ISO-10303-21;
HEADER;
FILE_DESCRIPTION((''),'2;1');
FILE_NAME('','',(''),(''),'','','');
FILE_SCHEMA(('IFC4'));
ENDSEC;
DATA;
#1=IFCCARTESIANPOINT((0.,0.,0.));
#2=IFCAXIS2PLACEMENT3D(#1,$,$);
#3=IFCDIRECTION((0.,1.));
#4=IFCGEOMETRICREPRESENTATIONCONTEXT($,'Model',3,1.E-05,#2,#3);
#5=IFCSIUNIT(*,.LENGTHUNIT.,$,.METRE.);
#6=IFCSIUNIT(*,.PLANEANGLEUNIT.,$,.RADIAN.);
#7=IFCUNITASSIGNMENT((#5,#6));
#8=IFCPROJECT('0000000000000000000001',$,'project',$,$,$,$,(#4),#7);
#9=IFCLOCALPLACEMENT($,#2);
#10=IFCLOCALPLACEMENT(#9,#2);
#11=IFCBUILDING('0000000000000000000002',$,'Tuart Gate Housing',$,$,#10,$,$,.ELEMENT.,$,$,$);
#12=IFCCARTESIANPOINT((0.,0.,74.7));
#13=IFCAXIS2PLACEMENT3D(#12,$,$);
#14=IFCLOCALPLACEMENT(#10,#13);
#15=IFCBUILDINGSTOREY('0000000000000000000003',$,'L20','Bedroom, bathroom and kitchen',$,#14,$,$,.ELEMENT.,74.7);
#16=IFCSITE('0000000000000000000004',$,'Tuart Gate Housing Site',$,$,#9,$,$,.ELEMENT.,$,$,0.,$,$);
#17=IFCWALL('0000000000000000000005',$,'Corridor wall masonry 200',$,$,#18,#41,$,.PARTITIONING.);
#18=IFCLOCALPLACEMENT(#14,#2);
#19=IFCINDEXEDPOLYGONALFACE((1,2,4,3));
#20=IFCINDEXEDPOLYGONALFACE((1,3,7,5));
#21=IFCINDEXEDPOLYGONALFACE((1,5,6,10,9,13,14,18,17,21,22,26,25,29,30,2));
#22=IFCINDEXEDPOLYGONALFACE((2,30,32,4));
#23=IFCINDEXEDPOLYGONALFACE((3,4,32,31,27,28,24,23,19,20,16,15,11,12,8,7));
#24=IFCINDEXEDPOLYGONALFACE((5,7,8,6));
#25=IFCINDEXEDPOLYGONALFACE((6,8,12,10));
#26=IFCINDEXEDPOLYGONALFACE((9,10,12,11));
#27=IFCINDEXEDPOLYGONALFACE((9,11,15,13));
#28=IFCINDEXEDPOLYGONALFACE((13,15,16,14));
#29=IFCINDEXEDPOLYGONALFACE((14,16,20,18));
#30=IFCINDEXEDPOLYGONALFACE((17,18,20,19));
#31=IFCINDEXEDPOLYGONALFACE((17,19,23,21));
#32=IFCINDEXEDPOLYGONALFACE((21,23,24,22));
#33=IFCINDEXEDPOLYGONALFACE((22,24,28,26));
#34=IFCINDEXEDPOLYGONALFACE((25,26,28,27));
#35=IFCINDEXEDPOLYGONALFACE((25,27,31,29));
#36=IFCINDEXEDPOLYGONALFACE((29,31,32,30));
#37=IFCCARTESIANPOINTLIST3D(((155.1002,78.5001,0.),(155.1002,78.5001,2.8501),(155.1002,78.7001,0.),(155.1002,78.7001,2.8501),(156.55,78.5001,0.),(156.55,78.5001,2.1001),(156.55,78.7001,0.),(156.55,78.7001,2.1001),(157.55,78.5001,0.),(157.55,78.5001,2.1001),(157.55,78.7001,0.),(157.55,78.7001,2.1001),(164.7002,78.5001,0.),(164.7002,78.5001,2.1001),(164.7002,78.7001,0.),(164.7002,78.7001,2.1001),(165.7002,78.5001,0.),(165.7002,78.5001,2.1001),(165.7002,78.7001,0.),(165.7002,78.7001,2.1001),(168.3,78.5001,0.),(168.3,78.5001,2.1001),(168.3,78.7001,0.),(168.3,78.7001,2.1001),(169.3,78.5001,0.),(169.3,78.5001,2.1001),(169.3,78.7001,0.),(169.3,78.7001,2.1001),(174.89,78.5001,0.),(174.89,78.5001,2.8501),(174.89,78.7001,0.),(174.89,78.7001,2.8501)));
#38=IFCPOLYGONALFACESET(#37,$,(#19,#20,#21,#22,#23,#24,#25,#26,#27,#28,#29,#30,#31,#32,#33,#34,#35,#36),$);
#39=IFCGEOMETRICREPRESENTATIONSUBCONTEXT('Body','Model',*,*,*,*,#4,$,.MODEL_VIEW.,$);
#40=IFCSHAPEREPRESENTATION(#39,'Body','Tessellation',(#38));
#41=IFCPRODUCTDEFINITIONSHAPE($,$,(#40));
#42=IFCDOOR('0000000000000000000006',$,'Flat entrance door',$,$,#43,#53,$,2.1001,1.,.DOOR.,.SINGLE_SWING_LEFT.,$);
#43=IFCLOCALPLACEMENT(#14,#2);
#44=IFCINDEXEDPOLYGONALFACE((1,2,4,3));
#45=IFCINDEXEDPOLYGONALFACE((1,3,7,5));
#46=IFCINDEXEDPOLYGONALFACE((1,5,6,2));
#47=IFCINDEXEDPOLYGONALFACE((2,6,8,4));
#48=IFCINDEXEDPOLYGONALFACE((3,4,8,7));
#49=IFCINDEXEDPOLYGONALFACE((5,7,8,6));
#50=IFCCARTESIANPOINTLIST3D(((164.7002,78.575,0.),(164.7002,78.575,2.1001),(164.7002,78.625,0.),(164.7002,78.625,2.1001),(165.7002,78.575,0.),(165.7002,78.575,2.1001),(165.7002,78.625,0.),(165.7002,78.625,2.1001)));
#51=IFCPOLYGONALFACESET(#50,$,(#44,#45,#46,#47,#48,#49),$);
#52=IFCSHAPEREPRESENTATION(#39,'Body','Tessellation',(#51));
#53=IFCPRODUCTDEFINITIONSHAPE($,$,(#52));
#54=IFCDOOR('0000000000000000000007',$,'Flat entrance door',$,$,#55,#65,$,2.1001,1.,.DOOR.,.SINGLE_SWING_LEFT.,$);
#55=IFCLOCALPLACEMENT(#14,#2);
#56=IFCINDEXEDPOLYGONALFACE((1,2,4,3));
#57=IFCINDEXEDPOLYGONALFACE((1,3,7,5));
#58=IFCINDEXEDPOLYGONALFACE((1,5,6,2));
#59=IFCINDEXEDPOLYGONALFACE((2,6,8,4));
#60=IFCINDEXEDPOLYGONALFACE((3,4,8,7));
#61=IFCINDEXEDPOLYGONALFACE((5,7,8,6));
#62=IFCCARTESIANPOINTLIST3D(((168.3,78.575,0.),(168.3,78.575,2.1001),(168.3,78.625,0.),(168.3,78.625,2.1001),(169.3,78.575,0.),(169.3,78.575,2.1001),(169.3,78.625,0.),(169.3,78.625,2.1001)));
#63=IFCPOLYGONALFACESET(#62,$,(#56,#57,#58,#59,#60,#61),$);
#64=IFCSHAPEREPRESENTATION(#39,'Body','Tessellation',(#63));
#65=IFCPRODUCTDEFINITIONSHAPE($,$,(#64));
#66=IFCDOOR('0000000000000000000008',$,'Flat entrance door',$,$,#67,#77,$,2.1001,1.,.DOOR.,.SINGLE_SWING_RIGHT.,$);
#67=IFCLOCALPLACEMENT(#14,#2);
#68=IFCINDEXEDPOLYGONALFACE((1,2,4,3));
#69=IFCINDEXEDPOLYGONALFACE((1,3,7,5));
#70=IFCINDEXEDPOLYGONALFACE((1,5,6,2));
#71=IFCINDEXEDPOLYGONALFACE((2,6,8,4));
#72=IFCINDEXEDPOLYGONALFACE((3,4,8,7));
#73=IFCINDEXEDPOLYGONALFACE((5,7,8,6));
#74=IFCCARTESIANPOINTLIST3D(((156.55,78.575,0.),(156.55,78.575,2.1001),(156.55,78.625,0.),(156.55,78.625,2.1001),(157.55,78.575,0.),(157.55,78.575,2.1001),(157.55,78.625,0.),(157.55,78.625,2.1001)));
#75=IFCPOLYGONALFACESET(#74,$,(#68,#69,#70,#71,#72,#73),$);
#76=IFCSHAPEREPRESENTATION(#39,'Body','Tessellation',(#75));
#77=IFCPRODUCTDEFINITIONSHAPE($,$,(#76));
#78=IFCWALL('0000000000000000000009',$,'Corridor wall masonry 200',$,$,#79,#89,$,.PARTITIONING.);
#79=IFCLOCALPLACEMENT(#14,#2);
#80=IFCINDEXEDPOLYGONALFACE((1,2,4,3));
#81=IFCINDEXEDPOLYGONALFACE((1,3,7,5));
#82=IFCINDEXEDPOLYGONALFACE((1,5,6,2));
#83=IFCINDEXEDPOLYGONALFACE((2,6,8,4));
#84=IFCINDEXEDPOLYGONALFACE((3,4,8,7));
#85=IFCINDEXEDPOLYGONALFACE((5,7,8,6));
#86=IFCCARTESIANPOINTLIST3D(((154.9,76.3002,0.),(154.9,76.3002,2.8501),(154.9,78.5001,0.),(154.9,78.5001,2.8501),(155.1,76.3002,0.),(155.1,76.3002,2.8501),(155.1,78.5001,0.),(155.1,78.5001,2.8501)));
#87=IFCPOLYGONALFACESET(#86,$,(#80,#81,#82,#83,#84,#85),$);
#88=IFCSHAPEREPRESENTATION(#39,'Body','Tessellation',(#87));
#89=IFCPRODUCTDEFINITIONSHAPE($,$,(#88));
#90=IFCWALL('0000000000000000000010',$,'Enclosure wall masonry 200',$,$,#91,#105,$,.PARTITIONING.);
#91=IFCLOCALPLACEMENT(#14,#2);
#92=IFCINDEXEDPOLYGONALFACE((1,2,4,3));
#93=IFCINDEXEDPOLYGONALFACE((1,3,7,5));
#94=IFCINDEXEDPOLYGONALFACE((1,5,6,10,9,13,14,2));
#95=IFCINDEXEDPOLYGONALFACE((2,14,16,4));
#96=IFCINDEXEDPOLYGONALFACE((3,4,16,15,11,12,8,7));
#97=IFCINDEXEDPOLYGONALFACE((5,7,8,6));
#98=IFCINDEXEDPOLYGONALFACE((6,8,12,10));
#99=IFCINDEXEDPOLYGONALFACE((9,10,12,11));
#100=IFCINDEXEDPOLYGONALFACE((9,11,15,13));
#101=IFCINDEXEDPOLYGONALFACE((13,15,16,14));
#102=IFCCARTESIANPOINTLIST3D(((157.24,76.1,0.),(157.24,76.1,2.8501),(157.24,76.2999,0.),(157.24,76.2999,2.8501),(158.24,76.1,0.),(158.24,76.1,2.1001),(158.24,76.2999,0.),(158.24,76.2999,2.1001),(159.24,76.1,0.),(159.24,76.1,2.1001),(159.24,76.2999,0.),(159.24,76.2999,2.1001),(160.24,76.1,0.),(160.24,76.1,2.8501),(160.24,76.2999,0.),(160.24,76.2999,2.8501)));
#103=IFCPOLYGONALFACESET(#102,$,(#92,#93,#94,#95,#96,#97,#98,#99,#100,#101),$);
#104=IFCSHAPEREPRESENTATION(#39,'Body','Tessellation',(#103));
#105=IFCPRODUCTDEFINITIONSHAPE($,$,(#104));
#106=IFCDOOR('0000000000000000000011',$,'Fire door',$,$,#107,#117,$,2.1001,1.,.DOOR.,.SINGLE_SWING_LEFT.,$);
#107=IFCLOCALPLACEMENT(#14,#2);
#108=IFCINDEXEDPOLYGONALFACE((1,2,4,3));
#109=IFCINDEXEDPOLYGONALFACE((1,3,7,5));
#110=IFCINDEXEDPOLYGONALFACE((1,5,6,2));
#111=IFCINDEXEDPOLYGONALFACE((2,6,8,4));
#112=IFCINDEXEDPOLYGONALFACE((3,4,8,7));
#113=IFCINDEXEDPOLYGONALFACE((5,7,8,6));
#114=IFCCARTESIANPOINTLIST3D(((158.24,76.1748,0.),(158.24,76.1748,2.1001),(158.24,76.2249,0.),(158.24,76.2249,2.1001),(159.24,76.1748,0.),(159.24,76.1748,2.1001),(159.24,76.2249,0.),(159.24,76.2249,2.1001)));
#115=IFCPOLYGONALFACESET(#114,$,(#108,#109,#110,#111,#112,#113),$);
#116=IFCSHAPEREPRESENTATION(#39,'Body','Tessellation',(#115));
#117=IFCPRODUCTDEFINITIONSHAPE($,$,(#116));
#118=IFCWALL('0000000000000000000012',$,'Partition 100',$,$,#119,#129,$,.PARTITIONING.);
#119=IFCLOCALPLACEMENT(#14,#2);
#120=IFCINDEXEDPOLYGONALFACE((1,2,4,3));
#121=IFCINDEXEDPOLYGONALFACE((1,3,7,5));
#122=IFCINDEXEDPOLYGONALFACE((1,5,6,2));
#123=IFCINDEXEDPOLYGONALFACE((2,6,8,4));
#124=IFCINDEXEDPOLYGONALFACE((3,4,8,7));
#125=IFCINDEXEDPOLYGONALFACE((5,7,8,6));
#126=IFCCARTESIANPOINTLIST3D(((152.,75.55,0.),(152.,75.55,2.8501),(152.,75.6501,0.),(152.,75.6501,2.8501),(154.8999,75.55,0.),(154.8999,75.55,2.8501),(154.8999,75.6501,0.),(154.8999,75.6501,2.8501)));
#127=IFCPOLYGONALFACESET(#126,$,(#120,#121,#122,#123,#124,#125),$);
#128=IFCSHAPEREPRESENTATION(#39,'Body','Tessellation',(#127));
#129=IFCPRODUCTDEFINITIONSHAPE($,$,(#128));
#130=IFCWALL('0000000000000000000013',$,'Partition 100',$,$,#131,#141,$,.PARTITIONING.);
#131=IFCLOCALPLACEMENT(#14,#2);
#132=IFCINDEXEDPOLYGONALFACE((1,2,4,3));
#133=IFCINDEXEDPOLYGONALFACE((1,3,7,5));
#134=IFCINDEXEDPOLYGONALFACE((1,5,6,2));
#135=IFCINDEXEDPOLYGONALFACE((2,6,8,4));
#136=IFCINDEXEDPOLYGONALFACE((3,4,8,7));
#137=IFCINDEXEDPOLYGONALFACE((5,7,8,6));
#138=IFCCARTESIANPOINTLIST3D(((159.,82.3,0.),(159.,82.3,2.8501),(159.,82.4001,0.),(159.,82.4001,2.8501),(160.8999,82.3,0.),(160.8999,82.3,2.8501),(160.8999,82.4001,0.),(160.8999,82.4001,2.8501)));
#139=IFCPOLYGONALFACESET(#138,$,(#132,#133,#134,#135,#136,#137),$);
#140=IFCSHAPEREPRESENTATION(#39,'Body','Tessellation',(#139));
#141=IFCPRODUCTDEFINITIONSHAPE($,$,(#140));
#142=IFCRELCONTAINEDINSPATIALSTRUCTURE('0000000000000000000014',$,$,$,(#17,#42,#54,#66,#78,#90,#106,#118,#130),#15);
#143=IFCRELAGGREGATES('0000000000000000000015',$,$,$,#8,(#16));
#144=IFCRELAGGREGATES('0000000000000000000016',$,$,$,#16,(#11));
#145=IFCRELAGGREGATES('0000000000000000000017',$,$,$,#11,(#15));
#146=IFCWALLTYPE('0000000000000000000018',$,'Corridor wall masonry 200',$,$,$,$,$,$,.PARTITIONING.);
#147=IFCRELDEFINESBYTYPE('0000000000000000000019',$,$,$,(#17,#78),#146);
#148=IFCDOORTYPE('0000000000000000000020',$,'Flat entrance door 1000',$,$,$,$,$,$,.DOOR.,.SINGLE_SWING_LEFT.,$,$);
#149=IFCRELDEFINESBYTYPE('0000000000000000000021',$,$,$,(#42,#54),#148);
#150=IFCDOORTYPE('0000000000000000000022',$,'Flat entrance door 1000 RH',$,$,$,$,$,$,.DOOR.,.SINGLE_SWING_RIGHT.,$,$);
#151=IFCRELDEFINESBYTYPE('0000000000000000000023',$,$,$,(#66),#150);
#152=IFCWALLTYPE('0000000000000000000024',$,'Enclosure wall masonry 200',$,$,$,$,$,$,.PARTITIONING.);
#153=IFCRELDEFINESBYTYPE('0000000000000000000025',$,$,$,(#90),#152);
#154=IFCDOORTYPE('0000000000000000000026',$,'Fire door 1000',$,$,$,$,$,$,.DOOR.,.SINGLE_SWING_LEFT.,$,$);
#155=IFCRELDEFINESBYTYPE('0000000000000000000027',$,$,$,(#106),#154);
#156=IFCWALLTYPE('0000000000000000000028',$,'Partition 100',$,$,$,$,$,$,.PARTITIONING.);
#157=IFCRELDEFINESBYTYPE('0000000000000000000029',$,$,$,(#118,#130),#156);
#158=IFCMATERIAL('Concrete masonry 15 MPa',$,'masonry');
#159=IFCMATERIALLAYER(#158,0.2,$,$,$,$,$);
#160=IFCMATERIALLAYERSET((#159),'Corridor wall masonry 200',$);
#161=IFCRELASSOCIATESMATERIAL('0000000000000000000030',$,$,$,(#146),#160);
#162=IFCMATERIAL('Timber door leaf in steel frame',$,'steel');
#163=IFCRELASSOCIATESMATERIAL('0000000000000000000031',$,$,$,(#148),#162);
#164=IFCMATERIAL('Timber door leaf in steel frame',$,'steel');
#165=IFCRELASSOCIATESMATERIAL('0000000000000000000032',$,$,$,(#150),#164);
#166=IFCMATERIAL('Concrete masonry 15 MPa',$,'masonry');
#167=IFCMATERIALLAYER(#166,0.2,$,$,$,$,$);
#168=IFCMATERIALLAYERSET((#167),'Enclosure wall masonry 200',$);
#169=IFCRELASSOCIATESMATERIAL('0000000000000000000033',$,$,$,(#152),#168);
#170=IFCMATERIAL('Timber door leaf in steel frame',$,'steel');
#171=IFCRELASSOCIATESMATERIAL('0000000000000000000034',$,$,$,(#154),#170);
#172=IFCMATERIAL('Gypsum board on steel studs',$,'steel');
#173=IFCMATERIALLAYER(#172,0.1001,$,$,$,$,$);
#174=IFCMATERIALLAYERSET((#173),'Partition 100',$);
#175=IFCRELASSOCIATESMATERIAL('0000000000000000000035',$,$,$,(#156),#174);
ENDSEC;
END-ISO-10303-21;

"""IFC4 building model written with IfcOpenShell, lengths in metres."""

from ifc_helpers import new_model, si_unit, direction, frame, frame_2d, origin, place, context, subcontext, project, spatial, rectangle, extrude, material, layer, layer_set, type_object, element, fill, save


model = new_model("IFC4")

# Units and contexts
model_context = context("Model", 3, precision=1e-05, world=origin(), true_north=direction((0.0, 1.0)))
body_context = subcontext(model_context, "Body", "Model", "MODEL_VIEW")
ifc_project = project(units=[si_unit("LENGTHUNIT", "METRE"), si_unit("PLANEANGLEUNIT", "RADIAN")], contexts=[model_context])

# Site, building, storey
site_placement = place(None, origin())
site = spatial("IfcSite", under=ifc_project, at=site_placement, Name="Tuart Gate Housing Site", CompositionType="ELEMENT", RefElevation=0.0)
building_placement = place(site_placement, origin())
building = spatial("IfcBuilding", under=site, at=building_placement, Name="Tuart Gate Housing", CompositionType="ELEMENT")
storey_placement = place(building_placement, frame((0.0, 0.0, 74.7)))
storey = spatial("IfcBuildingStorey", under=building, at=storey_placement, Name="L20", Description="Bedroom, bathroom and kitchen", CompositionType="ELEMENT", Elevation=74.7)

# Shared definitions
ifc_material_1 = material(Name="Concrete masonry 15 MPa", Category="masonry")
ifc_layer_1 = layer(ifc_material_1, 0.2)
ifc_layer_set_1 = layer_set([ifc_layer_1], Name="Corridor wall masonry 200")
wall_type_1 = type_object("IfcWallType", Name="Corridor wall masonry 200", PredefinedType="PARTITIONING", material=ifc_layer_set_1)

# Wall, openings, doors
wall_1_placement = place(storey_placement, frame((155.1001, 78.6001, 0.0), z_axis=(0.0, 0.0, 1.0), x_axis=(1.0, 0.0, 0.0)))
wall_1 = element("IfcWall", 1, at=wall_1_placement, inside=storey, type_object=wall_type_1, Name="Corridor wall masonry 200", PredefinedType="PARTITIONING", context=body_context, shape_type="SweptSolid", body=[
    extrude(rectangle(XDim=19.7898, YDim=0.2, at=frame_2d((9.895, 0.0))), origin(), (0.0, 0.0, 1.0), 2.8501),
])
opening_1_placement = place(wall_1_placement, frame((1.45, 0.0, 0.0)))
opening_1 = element("IfcOpeningElement", 2, at=opening_1_placement, cuts=wall_1, PredefinedType="OPENING", context=body_context, shape_type="SweptSolid", body=[
    extrude(rectangle(XDim=1.0, YDim=2.1001, at=frame_2d((0.5, 1.05))), frame((0.0, 0.1099, 0.0), z_axis=(0.0, -1.0, 0.0), x_axis=(1.0, 0.0, 0.0)), (0.0, 0.0, 1.0), 0.22),
])
opening_2_placement = place(wall_1_placement, frame((9.6001, 0.0, 0.0)))
opening_2 = element("IfcOpeningElement", 3, at=opening_2_placement, cuts=wall_1, PredefinedType="OPENING", context=body_context, shape_type="SweptSolid", body=[
    extrude(rectangle(XDim=1.0, YDim=2.1001, at=frame_2d((0.5, 1.05))), frame((0.0, 0.1099, 0.0), z_axis=(0.0, -1.0, 0.0), x_axis=(1.0, 0.0, 0.0)), (0.0, 0.0, 1.0), 0.22),
])
opening_3_placement = place(wall_1_placement, frame((13.2, 0.0, 0.0)))
opening_3 = element("IfcOpeningElement", 4, at=opening_3_placement, cuts=wall_1, PredefinedType="OPENING", context=body_context, shape_type="SweptSolid", body=[
    extrude(rectangle(XDim=1.0, YDim=2.1001, at=frame_2d((0.5, 1.05))), frame((0.0, 0.1099, 0.0), z_axis=(0.0, -1.0, 0.0), x_axis=(1.0, 0.0, 0.0)), (0.0, 0.0, 1.0), 0.22),
])
ifc_material_2 = material(Name="Timber door leaf in steel frame", Category="steel")
door_type_1 = type_object("IfcDoorType", Name="Flat entrance door 1000", OperationType="SINGLE_SWING_LEFT", PredefinedType="DOOR", material=ifc_material_2)
door_1_placement = place(opening_2_placement, origin())
door_1 = element("IfcDoor", 5, at=door_1_placement, inside=storey, type_object=door_type_1, Name="Flat entrance door", OperationType="SINGLE_SWING_LEFT", OverallHeight=2.1001, OverallWidth=1.0, PredefinedType="DOOR", context=body_context, shape_type="SweptSolid", body=[
    extrude(rectangle(XDim=1.0, YDim=2.1001, at=frame_2d((0.5, 1.05))), frame((0.0, 0.0249, 0.0), z_axis=(0.0, -1.0, 0.0), x_axis=(1.0, 0.0, 0.0)), (0.0, 0.0, 1.0), 0.05),
])
fill(opening_2, door_1)
door_2_placement = place(opening_3_placement, origin())
door_2 = element("IfcDoor", 6, at=door_2_placement, inside=storey, type_object=door_type_1, Name="Flat entrance door", OperationType="SINGLE_SWING_LEFT", OverallHeight=2.1001, OverallWidth=1.0, PredefinedType="DOOR", context=body_context, shape_type="SweptSolid", body=[
    extrude(rectangle(XDim=1.0, YDim=2.1001, at=frame_2d((0.5, 1.05))), frame((0.0, 0.0249, 0.0), z_axis=(0.0, -1.0, 0.0), x_axis=(1.0, 0.0, 0.0)), (0.0, 0.0, 1.0), 0.05),
])
fill(opening_3, door_2)
ifc_material_3 = material(Name="Timber door leaf in steel frame", Category="steel")
door_type_2 = type_object("IfcDoorType", Name="Flat entrance door 1000 RH", OperationType="SINGLE_SWING_RIGHT", PredefinedType="DOOR", material=ifc_material_3)
door_3_placement = place(opening_1_placement, origin())
door_3 = element("IfcDoor", 7, at=door_3_placement, inside=storey, type_object=door_type_2, Name="Flat entrance door", OperationType="SINGLE_SWING_RIGHT", OverallHeight=2.1001, OverallWidth=1.0, PredefinedType="DOOR", context=body_context, shape_type="SweptSolid", body=[
    extrude(rectangle(XDim=1.0, YDim=2.1001, at=frame_2d((0.5, 1.05))), frame((0.0, 0.0249, 0.0), z_axis=(0.0, -1.0, 0.0), x_axis=(1.0, 0.0, 0.0)), (0.0, 0.0, 1.0), 0.05),
])
fill(opening_1, door_3)

# Wall
wall_2_placement = place(storey_placement, frame((155.0, 76.3, 0.0), z_axis=(0.0, 0.0, 1.0), x_axis=(0.0, 1.0, 0.0)))
element("IfcWall", 8, at=wall_2_placement, inside=storey, type_object=wall_type_1, Name="Corridor wall masonry 200", PredefinedType="PARTITIONING", context=body_context, shape_type="SweptSolid", body=[
    extrude(rectangle(XDim=2.2, YDim=0.2, at=frame_2d((1.1001, 0.0))), origin(), (0.0, 0.0, 1.0), 2.8501),
])

# Wall, opening, door
ifc_material_4 = material(Name="Concrete masonry 15 MPa", Category="masonry")
ifc_layer_2 = layer(ifc_material_4, 0.2)
ifc_layer_set_2 = layer_set([ifc_layer_2], Name="Enclosure wall masonry 200")
wall_type_2 = type_object("IfcWallType", Name="Enclosure wall masonry 200", PredefinedType="PARTITIONING", material=ifc_layer_set_2)
wall_3_placement = place(storey_placement, frame((157.24, 76.2, 0.0), z_axis=(0.0, 0.0, 1.0), x_axis=(1.0, 0.0, 0.0)))
wall_3 = element("IfcWall", 9, at=wall_3_placement, inside=storey, type_object=wall_type_2, Name="Enclosure wall masonry 200", PredefinedType="PARTITIONING", context=body_context, shape_type="SweptSolid", body=[
    extrude(rectangle(XDim=3.0, YDim=0.2, at=frame_2d((1.5, 0.0))), origin(), (0.0, 0.0, 1.0), 2.8501),
])
opening_4_placement = place(wall_3_placement, frame((1.0, 0.0, 0.0)))
opening_4 = element("IfcOpeningElement", 10, at=opening_4_placement, cuts=wall_3, PredefinedType="OPENING", context=body_context, shape_type="SweptSolid", body=[
    extrude(rectangle(XDim=1.0, YDim=2.1001, at=frame_2d((0.5, 1.05))), frame((0.0, 0.1099, 0.0), z_axis=(0.0, -1.0, 0.0), x_axis=(1.0, 0.0, 0.0)), (0.0, 0.0, 1.0), 0.22),
])
ifc_material_5 = material(Name="Timber door leaf in steel frame", Category="steel")
door_type_3 = type_object("IfcDoorType", Name="Fire door 1000", OperationType="SINGLE_SWING_LEFT", PredefinedType="DOOR", material=ifc_material_5)
door_4_placement = place(opening_4_placement, origin())
door_4 = element("IfcDoor", 11, at=door_4_placement, inside=storey, type_object=door_type_3, Name="Fire door", OperationType="SINGLE_SWING_LEFT", OverallHeight=2.1001, OverallWidth=1.0, PredefinedType="DOOR", context=body_context, shape_type="SweptSolid", body=[
    extrude(rectangle(XDim=1.0, YDim=2.1001, at=frame_2d((0.5, 1.05))), frame((0.0, 0.0249, 0.0), z_axis=(0.0, -1.0, 0.0), x_axis=(1.0, 0.0, 0.0)), (0.0, 0.0, 1.0), 0.05),
])
fill(opening_4, door_4)

# Walls
ifc_material_6 = material(Name="Gypsum board on steel studs", Category="steel")
ifc_layer_3 = layer(ifc_material_6, 0.1001)
ifc_layer_set_3 = layer_set([ifc_layer_3], Name="Partition 100")
wall_type_3 = type_object("IfcWallType", Name="Partition 100", PredefinedType="PARTITIONING", material=ifc_layer_set_3)
wall_4_placement = place(storey_placement, frame((152.0, 75.6001, 0.0), z_axis=(0.0, 0.0, 1.0), x_axis=(1.0, 0.0, 0.0)))
element("IfcWall", 12, at=wall_4_placement, inside=storey, type_object=wall_type_3, Name="Partition 100", PredefinedType="PARTITIONING", context=body_context, shape_type="SweptSolid", body=[
    extrude(rectangle(XDim=2.8999, YDim=0.1001, at=frame_2d((1.45, 0.0))), origin(), (0.0, 0.0, 1.0), 2.8501),
])
wall_5_placement = place(storey_placement, frame((159.0, 82.3501, 0.0), z_axis=(0.0, 0.0, 1.0), x_axis=(1.0, 0.0, 0.0)))
element("IfcWall", 13, at=wall_5_placement, inside=storey, type_object=wall_type_3, Name="Partition 100", PredefinedType="PARTITIONING", context=body_context, shape_type="SweptSolid", body=[
    extrude(rectangle(XDim=1.8999, YDim=0.1001, at=frame_2d((0.95, 0.0))), origin(), (0.0, 0.0, 1.0), 2.8501),
])

save(model, "model.ifc")
